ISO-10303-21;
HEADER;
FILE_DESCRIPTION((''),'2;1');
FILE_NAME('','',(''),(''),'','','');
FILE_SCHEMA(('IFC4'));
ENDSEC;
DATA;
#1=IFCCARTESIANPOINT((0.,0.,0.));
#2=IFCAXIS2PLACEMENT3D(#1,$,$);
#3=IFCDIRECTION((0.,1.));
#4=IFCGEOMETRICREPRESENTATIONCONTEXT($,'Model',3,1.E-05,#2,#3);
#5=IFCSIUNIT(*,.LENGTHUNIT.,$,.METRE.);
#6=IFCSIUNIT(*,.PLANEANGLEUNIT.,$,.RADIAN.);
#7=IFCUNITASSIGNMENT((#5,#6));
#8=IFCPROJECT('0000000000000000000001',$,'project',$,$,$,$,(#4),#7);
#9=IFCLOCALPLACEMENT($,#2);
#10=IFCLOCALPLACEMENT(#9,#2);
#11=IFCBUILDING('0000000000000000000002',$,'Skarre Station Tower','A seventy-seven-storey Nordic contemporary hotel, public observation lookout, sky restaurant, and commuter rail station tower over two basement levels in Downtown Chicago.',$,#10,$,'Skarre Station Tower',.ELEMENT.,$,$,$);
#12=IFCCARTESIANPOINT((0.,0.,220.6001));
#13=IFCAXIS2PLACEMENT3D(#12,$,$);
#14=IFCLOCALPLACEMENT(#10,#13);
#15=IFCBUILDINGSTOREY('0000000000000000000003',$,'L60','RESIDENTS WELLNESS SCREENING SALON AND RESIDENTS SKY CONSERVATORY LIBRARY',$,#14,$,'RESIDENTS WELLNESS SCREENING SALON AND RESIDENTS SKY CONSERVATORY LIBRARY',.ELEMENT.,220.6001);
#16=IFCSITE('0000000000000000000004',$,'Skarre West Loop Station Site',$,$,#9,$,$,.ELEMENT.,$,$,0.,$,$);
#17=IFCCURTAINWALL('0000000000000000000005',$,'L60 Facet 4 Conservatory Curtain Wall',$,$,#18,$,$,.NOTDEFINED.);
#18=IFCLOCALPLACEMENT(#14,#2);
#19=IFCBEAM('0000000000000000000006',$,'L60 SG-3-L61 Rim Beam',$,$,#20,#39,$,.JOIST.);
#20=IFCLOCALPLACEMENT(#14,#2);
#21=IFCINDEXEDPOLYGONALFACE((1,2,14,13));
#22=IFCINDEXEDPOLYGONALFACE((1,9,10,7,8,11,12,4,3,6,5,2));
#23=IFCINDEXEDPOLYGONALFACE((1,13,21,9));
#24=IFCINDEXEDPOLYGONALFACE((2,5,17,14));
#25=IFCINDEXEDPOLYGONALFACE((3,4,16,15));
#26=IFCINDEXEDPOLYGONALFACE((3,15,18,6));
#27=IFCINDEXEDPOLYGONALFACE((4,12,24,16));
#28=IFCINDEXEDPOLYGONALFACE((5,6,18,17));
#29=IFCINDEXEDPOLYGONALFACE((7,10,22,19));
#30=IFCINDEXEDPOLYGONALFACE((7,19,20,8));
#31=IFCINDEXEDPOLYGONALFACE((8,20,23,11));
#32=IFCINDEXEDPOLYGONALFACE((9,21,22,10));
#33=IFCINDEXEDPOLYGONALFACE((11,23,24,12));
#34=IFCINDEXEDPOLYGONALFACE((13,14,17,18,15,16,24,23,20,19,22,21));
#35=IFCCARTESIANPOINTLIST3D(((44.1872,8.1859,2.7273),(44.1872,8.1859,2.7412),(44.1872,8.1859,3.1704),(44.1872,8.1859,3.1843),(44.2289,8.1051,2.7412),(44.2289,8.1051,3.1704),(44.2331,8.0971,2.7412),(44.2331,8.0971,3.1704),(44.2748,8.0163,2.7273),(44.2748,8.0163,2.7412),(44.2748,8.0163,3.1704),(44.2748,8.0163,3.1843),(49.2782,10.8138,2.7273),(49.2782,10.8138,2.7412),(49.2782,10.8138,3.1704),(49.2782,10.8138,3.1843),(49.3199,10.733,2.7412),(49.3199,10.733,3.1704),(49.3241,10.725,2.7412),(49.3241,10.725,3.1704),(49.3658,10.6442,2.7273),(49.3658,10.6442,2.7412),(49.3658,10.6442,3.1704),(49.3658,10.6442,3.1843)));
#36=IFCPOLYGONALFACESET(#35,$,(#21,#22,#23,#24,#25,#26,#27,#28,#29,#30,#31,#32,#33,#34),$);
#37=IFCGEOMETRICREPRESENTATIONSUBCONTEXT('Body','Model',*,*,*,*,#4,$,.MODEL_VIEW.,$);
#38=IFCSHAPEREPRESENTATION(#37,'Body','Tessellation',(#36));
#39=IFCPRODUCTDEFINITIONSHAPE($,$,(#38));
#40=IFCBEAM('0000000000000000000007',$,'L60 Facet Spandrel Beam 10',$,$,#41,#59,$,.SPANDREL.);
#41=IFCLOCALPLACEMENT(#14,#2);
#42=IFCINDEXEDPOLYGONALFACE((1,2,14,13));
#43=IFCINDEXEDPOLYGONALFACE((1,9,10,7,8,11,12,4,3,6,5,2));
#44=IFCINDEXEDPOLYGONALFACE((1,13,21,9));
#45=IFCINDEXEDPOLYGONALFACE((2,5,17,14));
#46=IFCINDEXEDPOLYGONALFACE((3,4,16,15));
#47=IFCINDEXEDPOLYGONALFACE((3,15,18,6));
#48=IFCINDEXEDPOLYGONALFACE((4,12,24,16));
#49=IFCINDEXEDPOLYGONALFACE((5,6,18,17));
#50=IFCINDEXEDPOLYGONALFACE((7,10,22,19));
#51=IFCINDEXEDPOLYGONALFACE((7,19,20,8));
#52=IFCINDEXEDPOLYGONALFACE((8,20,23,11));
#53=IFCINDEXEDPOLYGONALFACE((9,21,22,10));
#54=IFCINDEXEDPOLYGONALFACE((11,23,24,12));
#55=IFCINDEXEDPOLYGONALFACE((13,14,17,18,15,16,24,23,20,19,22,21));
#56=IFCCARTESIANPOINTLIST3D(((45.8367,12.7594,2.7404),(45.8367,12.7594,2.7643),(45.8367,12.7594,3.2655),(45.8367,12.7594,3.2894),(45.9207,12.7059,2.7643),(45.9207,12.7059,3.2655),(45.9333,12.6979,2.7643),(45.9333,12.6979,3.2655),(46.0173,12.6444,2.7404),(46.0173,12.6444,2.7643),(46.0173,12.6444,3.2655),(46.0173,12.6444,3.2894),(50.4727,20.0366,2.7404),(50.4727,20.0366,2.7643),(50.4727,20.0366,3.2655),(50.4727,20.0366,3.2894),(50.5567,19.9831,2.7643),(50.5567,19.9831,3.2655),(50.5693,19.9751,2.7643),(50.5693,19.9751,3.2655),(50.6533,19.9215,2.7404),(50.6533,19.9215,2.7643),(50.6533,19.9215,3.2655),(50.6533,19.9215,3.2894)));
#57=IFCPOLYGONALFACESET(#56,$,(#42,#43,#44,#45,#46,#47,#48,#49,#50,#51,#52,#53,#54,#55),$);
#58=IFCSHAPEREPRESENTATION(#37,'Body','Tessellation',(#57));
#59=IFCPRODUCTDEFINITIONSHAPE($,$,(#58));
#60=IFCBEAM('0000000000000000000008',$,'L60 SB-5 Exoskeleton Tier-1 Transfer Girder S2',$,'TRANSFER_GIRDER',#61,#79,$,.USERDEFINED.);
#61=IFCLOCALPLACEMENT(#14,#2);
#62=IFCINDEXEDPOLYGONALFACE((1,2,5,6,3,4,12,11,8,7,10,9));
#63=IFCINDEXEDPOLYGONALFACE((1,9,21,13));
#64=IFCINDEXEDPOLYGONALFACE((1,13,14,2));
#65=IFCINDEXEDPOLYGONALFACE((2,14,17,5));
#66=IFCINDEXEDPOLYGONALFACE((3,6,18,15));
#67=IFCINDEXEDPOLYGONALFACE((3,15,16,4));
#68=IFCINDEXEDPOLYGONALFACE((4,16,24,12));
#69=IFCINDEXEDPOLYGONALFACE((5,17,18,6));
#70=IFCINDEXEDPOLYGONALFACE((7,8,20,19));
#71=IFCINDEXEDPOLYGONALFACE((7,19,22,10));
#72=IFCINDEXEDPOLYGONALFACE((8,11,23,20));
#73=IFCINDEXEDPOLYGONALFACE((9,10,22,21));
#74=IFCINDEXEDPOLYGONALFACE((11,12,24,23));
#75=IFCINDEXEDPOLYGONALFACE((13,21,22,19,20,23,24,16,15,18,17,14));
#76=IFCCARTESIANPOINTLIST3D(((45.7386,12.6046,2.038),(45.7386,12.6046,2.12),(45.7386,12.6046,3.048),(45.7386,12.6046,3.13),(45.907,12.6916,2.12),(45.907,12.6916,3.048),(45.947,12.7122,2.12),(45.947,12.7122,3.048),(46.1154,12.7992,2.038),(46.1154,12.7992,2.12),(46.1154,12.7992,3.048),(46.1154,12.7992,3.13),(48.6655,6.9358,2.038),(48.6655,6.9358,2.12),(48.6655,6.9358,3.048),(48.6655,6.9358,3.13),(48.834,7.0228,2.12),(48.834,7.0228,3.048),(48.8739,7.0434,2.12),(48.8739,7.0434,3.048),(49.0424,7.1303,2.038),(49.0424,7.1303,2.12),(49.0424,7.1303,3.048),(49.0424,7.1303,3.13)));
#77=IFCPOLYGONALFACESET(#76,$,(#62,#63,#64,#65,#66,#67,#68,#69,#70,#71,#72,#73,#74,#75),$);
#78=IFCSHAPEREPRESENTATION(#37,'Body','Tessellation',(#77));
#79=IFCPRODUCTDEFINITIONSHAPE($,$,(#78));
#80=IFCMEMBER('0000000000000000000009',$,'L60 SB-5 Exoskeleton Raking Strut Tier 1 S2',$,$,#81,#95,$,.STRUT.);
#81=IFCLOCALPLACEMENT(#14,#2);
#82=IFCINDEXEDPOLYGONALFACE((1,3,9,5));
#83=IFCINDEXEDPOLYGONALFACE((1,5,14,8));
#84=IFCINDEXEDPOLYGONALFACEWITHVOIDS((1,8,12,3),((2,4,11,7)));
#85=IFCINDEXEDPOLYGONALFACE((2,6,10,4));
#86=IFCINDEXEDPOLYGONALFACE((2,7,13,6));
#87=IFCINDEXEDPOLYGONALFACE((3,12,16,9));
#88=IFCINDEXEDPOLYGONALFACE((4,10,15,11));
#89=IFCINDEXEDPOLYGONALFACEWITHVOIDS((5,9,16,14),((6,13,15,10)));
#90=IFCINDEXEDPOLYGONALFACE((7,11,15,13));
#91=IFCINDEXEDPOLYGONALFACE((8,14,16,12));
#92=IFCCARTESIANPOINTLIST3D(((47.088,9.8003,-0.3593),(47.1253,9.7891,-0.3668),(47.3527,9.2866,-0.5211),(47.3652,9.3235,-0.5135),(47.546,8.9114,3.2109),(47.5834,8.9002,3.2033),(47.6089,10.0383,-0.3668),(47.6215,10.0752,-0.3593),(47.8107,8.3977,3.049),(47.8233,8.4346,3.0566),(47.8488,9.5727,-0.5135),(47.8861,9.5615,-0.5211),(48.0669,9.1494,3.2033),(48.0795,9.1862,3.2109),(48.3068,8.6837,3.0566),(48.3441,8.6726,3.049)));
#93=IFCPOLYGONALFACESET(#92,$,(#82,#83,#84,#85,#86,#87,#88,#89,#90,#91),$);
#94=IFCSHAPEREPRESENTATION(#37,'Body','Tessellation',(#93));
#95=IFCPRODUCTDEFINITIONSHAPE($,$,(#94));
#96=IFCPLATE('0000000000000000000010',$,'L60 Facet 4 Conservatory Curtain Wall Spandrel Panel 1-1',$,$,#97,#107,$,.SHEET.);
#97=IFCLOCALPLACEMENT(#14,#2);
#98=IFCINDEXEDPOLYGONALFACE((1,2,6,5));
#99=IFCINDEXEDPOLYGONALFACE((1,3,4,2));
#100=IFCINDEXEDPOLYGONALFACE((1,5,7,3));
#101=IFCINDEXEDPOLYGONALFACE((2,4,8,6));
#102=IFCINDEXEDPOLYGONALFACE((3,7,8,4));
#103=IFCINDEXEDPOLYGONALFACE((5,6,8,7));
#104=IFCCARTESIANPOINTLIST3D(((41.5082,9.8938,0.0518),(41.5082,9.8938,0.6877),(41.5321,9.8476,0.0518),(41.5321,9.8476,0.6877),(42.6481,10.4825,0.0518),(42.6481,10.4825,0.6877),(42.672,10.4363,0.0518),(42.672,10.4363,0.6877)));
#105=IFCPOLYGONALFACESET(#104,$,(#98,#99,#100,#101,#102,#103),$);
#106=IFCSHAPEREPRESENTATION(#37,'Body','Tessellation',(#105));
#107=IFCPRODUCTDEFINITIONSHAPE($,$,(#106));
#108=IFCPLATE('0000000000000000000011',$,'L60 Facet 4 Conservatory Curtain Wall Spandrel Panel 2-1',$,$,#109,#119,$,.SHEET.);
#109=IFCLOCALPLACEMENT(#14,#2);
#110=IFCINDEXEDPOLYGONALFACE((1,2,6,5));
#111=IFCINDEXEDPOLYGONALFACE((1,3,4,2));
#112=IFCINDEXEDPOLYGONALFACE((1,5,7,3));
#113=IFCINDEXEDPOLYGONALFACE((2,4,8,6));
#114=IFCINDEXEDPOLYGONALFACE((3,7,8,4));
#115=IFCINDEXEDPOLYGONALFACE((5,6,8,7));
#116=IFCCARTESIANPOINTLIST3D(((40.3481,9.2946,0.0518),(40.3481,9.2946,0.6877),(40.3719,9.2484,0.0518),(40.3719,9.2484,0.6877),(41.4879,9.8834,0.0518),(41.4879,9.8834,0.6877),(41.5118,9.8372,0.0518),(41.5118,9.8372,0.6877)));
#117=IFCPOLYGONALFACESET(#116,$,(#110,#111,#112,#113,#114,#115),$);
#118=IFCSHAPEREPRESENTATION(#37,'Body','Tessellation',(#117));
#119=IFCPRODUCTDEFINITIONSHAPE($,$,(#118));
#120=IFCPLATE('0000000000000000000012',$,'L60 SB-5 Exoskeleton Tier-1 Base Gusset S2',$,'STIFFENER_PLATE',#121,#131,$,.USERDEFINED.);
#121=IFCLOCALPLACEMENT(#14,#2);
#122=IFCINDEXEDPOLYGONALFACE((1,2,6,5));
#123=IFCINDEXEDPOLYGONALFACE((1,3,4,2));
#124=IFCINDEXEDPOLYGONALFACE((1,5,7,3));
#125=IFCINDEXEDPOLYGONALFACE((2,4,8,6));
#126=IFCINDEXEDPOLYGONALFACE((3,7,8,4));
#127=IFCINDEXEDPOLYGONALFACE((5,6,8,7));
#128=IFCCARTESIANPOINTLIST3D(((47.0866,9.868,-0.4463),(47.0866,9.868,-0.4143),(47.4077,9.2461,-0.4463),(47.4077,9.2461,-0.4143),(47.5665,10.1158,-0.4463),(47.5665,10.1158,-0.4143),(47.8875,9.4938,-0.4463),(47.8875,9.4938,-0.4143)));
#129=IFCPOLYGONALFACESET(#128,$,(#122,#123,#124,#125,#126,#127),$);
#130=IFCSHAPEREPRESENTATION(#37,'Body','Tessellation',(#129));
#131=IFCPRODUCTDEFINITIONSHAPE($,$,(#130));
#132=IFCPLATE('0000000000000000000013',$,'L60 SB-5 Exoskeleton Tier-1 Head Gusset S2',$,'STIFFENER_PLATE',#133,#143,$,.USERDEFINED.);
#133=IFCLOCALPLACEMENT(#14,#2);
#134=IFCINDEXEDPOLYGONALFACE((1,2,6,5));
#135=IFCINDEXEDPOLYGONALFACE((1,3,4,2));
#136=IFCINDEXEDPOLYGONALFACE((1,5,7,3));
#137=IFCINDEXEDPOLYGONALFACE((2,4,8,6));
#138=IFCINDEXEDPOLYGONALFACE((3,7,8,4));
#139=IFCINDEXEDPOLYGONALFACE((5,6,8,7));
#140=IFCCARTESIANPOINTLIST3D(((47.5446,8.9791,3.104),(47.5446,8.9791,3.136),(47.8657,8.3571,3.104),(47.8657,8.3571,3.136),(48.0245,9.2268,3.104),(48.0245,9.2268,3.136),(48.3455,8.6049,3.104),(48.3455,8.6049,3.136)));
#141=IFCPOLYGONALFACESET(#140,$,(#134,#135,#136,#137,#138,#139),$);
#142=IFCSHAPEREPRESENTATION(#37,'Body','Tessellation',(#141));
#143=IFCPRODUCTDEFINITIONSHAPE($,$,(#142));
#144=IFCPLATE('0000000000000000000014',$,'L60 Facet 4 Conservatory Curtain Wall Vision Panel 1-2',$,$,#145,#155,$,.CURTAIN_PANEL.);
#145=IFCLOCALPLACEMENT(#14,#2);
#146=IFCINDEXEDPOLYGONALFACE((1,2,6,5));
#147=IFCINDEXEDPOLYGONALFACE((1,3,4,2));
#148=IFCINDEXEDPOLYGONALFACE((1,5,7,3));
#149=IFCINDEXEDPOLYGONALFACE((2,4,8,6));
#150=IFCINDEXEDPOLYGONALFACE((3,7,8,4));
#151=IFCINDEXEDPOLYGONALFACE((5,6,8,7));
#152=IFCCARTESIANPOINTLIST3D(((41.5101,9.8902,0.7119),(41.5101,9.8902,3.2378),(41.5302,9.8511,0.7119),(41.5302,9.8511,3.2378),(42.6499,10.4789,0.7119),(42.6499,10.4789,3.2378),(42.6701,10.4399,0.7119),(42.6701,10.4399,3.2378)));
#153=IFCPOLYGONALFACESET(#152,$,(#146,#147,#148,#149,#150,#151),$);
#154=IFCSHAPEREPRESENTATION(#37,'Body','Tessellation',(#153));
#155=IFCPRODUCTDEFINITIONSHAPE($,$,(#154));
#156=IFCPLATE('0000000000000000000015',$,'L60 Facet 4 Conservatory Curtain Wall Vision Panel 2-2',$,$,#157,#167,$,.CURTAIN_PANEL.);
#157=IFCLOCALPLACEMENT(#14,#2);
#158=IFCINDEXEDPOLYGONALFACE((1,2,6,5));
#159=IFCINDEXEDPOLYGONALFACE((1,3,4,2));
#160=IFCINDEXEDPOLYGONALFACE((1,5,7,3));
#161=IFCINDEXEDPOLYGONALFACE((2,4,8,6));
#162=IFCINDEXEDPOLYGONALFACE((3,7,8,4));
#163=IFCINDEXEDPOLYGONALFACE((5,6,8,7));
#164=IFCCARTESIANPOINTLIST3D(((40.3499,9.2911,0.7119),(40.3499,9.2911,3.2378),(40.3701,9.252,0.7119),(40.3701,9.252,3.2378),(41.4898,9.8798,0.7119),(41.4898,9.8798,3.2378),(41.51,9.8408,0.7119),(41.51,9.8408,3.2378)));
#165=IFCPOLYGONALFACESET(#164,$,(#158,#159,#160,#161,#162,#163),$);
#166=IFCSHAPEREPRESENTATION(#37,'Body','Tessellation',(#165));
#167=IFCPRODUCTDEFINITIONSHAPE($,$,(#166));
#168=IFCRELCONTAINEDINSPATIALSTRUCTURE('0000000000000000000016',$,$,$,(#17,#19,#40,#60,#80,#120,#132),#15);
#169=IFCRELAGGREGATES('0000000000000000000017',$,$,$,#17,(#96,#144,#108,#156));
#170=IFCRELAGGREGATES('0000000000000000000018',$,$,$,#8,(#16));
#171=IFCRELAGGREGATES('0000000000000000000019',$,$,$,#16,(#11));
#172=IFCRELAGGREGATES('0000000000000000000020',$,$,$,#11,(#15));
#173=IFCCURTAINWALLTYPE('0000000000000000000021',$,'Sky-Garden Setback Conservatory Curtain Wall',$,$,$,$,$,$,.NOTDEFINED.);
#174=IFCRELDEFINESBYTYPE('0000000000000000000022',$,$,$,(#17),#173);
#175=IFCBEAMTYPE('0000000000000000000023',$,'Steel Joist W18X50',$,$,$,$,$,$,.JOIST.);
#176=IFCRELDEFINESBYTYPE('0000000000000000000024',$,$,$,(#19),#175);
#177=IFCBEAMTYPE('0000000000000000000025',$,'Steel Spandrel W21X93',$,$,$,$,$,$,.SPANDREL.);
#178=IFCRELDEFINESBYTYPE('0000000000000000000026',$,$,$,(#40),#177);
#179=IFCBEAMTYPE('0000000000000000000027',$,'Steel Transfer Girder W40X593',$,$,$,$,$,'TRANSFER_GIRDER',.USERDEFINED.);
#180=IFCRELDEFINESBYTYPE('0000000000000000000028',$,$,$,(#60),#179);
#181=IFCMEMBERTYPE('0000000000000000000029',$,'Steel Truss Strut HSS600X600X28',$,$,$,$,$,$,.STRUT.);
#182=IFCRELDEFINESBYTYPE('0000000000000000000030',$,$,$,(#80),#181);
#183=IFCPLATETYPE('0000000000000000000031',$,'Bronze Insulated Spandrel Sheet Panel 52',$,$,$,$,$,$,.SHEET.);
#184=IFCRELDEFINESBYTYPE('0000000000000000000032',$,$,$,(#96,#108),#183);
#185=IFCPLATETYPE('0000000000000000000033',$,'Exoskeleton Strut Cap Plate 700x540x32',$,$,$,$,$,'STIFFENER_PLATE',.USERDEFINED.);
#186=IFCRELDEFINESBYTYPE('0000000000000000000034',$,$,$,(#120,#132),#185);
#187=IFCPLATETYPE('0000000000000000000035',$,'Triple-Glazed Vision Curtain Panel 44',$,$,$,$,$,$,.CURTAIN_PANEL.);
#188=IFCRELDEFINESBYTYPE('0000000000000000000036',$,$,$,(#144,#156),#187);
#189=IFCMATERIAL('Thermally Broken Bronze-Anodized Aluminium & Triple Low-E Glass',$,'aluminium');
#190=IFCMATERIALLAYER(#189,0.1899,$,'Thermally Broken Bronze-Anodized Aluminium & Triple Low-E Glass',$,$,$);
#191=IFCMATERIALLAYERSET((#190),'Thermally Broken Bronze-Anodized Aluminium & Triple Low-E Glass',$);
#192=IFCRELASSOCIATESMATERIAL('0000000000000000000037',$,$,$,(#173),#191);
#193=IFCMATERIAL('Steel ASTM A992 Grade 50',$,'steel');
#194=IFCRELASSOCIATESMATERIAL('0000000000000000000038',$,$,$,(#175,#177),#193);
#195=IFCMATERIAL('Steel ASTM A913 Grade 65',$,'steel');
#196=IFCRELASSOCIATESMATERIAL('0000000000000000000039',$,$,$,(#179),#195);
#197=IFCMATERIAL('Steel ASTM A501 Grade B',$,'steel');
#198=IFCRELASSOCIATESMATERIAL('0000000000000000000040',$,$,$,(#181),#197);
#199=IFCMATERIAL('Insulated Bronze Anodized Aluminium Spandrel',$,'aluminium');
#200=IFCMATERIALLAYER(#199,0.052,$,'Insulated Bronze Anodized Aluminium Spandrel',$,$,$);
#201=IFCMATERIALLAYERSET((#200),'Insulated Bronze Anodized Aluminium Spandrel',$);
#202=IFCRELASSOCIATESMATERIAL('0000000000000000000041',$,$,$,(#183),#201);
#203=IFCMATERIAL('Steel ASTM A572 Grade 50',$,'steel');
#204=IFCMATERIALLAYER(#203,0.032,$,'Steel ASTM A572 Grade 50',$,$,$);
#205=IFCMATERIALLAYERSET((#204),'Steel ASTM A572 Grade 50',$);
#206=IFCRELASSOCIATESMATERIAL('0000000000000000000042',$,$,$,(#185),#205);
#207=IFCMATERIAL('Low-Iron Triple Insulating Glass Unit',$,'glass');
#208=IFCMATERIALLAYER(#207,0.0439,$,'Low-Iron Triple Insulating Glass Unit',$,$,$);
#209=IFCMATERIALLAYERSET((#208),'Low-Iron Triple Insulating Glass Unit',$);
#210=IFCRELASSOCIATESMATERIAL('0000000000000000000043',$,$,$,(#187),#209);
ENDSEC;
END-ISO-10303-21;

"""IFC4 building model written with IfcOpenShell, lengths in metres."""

from ifc_helpers import new_model, si_unit, direction, frame, origin, origin_2d, place, context, subcontext, project, spatial, rectangle, hollow_rectangle, i_section, extrude, material, layer, layer_set, material_profile, profile_set, type_object, element, aggregate, save


model = new_model("IFC4")

# Units and contexts
model_context = context("Model", 3, precision=1e-05, world=origin(), true_north=direction((0.0, 1.0)))
body_context = subcontext(model_context, "Body", "Model", "MODEL_VIEW")
ifc_project = project(units=[si_unit("LENGTHUNIT", "METRE"), si_unit("PLANEANGLEUNIT", "RADIAN")], contexts=[model_context])

# Site, building, storey
site_placement = place(None, origin())
site = spatial("IfcSite", under=ifc_project, at=site_placement, Name="Skarre West Loop Station Site", CompositionType="ELEMENT", RefElevation=0.0)
building_placement = place(site_placement, origin())
building = spatial("IfcBuilding", under=site, at=building_placement, Name="Skarre Station Tower", Description="A seventy-seven-storey Nordic contemporary hotel, public observation lookout, sky restaurant, and commuter rail station tower over two basement levels in Downtown Chicago.", LongName="Skarre Station Tower", CompositionType="ELEMENT")
storey_placement = place(building_placement, frame((0.0, 0.0, 220.6001)))
storey = spatial("IfcBuildingStorey", under=building, at=storey_placement, Name="L60", Description="RESIDENTS WELLNESS SCREENING SALON AND RESIDENTS SKY CONSERVATORY LIBRARY", LongName="RESIDENTS WELLNESS SCREENING SALON AND RESIDENTS SKY CONSERVATORY LIBRARY", CompositionType="ELEMENT", Elevation=220.6001)

# Curtain wall
ifc_material_1 = material(Name="Thermally Broken Bronze-Anodized Aluminium & Triple Low-E Glass", Category="aluminium")
ifc_layer_1 = layer(ifc_material_1, 0.1899, Name="Thermally Broken Bronze-Anodized Aluminium & Triple Low-E Glass")
ifc_layer_set_1 = layer_set([ifc_layer_1], Name="Thermally Broken Bronze-Anodized Aluminium & Triple Low-E Glass")
curtain_wall_type = type_object("IfcCurtainWallType", Name="Sky-Garden Setback Conservatory Curtain Wall", PredefinedType="NOTDEFINED", material=ifc_layer_set_1)
curtain_wall_placement = place(storey_placement, origin())
curtain_wall = element("IfcCurtainWall", 1, at=curtain_wall_placement, inside=storey, type_object=curtain_wall_type, Name="L60 Facet 4 Conservatory Curtain Wall", PredefinedType="NOTDEFINED")

# Beams
ifc_material_2 = material(Name="Steel ASTM A992 Grade 50", Category="steel")
ifc_material_profile_1 = material_profile(ifc_material_2, i_section(OverallWidth=0.1909, OverallDepth=0.457, WebThickness=0.009, FlangeThickness=0.0139, at=origin_2d()), Name="Steel ASTM A992 Grade 50")
ifc_profile_set_1 = profile_set([ifc_material_profile_1], Name="Steel ASTM A992 Grade 50")
beam_type_1 = type_object("IfcBeamType", Name="Steel Joist W18X50", PredefinedType="JOIST", material=ifc_profile_set_1)
beam_1_placement = place(storey_placement, frame((49.322, 10.729, 2.9558), z_axis=(-0.8886, -0.458682, 0.0), x_axis=(0.458682, -0.8886, 0.0)))
element("IfcBeam", 2, at=beam_1_placement, inside=storey, type_object=beam_type_1, Name="L60 SG-3-L61 Rim Beam", PredefinedType="JOIST", context=body_context, shape_type="SweptSolid", body=[
    extrude(i_section(OverallWidth=0.1909, OverallDepth=0.457, WebThickness=0.009, FlangeThickness=0.0139, at=origin_2d()), origin(), (0.0, 0.0, 1.0), 5.7292),
])
ifc_material_profile_2 = material_profile(ifc_material_2, i_section(OverallWidth=0.2141, OverallDepth=0.5491, WebThickness=0.0149, FlangeThickness=0.0239, at=origin_2d()), Name="Steel ASTM A992 Grade 50")
ifc_profile_set_2 = profile_set([ifc_material_profile_2], Name="Steel ASTM A992 Grade 50")
beam_type_2 = type_object("IfcBeamType", Name="Steel Spandrel W21X93", PredefinedType="SPANDREL", material=ifc_profile_set_2)
beam_2_placement = place(storey_placement, frame((45.927, 12.7019, 3.0149), z_axis=(0.537297, 0.843393, 0.0), x_axis=(-0.843393, 0.537297, 0.0)))
element("IfcBeam", 3, at=beam_2_placement, inside=storey, type_object=beam_type_2, Name="L60 Facet Spandrel Beam 10", PredefinedType="SPANDREL", context=body_context, shape_type="SweptSolid", body=[
    extrude(i_section(OverallWidth=0.2141, OverallDepth=0.5491, WebThickness=0.0149, FlangeThickness=0.0239, at=origin_2d()), origin(), (0.0, 0.0, 1.0), 8.6284),
])
ifc_material_3 = material(Name="Steel ASTM A913 Grade 65", Category="steel")
ifc_material_profile_3 = material_profile(ifc_material_3, i_section(OverallWidth=0.4241, OverallDepth=1.092, WebThickness=0.0449, FlangeThickness=0.082, at=origin_2d()), Name="Steel ASTM A913 Grade 65")
ifc_profile_set_3 = profile_set([ifc_material_profile_3], Name="Steel ASTM A913 Grade 65")
beam_type_3 = type_object("IfcBeamType", Name="Steel Transfer Girder W40X593", ElementType="TRANSFER_GIRDER", PredefinedType="USERDEFINED", material=ifc_profile_set_3)
beam_3_placement = place(storey_placement, frame((45.927, 12.7019, 2.584), z_axis=(0.458778, -0.888551, 0.0), x_axis=(0.888551, 0.458778, 0.0)))
element("IfcBeam", 4, at=beam_3_placement, inside=storey, type_object=beam_type_3, Name="L60 SB-5 Exoskeleton Tier-1 Transfer Girder S2", ObjectType="TRANSFER_GIRDER", PredefinedType="USERDEFINED", context=body_context, shape_type="SweptSolid", body=[
    extrude(i_section(OverallWidth=0.4241, OverallDepth=1.092, WebThickness=0.0449, FlangeThickness=0.082, at=origin_2d()), origin(), (0.0, 0.0, 1.0), 6.3799),
])

# Member
ifc_material_4 = material(Name="Steel ASTM A501 Grade B", Category="steel")
ifc_material_profile_4 = material_profile(ifc_material_4, hollow_rectangle(XDim=0.6001, YDim=0.6001, WallThickness=0.0281, at=origin_2d()), Name="Steel ASTM A501 Grade B")
ifc_profile_set_4 = profile_set([ifc_material_profile_4], Name="Steel ASTM A501 Grade B")
member_type_1 = type_object("IfcMemberType", Name="Steel Truss Strut HSS600X600X28", PredefinedType="STRUT", material=ifc_profile_set_4)
member_1_placement = place(storey_placement, frame((47.4871, 9.6809, -0.4402), z_axis=(0.123536, -0.239764, 0.962939), x_axis=(0.888941, 0.458021, 0.0)))
element("IfcMember", 5, at=member_1_placement, inside=storey, type_object=member_type_1, Name="L60 SB-5 Exoskeleton Raking Strut Tier 1 S2", PredefinedType="STRUT", context=body_context, shape_type="SweptSolid", body=[
    extrude(hollow_rectangle(XDim=0.6001, YDim=0.6001, WallThickness=0.0281, at=origin_2d()), origin(), (0.0, 0.0, 1.0), 3.7075),
])

# Plates
ifc_material_5 = material(Name="Insulated Bronze Anodized Aluminium Spandrel", Category="aluminium")
ifc_layer_2 = layer(ifc_material_5, 0.052, Name="Insulated Bronze Anodized Aluminium Spandrel")
ifc_layer_set_2 = layer_set([ifc_layer_2], Name="Insulated Bronze Anodized Aluminium Spandrel")
plate_type_1 = type_object("IfcPlateType", Name="Bronze Insulated Spandrel Sheet Panel 52", PredefinedType="SHEET", material=ifc_layer_set_2)
plate_1_placement = place(storey_placement, frame((42.0901, 10.165, 0.0518), z_axis=(0.0, 0.0, 1.0), x_axis=(-0.888481, -0.458913, 0.0)))
plate_1 = element("IfcPlate", 6, at=plate_1_placement, type_object=plate_type_1, Name="L60 Facet 4 Conservatory Curtain Wall Spandrel Panel 1-1", PredefinedType="SHEET", context=body_context, shape_type="SweptSolid", body=[
    extrude(rectangle(XDim=1.283, YDim=0.052, at=origin_2d()), origin(), (0.0, 0.0, 1.0), 0.636),
])
plate_2_placement = place(storey_placement, frame((40.9299, 9.5659, 0.0518), z_axis=(0.0, 0.0, 1.0), x_axis=(-0.888481, -0.458913, 0.0)))
plate_2 = element("IfcPlate", 7, at=plate_2_placement, type_object=plate_type_1, Name="L60 Facet 4 Conservatory Curtain Wall Spandrel Panel 2-1", PredefinedType="SHEET", context=body_context, shape_type="SweptSolid", body=[
    extrude(rectangle(XDim=1.283, YDim=0.052, at=origin_2d()), origin(), (0.0, 0.0, 1.0), 0.636),
])

# Plates
ifc_material_6 = material(Name="Steel ASTM A572 Grade 50", Category="steel")
ifc_layer_3 = layer(ifc_material_6, 0.032, Name="Steel ASTM A572 Grade 50")
ifc_layer_set_3 = layer_set([ifc_layer_3], Name="Steel ASTM A572 Grade 50")
plate_type_2 = type_object("IfcPlateType", Name="Exoskeleton Strut Cap Plate 700x540x32", ElementType="STIFFENER_PLATE", PredefinedType="USERDEFINED", material=ifc_layer_set_3)
for number, where, z_axis, x_axis, name in (
    (8, (47.4871, 9.6809, -0.4463), (0.0, 0.0, 1.0), (0.458712, -0.888585, 0.0), "L60 SB-5 Exoskeleton Tier-1 Base Gusset S2"),
    (9, (47.9451, 8.792, 3.104), (0.0, 0.0, 1.0), (0.458712, -0.888585, 0.0), "L60 SB-5 Exoskeleton Tier-1 Head Gusset S2"),
):
    element("IfcPlate", number, at=place(storey_placement, frame(where, z_axis=z_axis, x_axis=x_axis)), inside=storey, type_object=plate_type_2, Name=name, ObjectType="STIFFENER_PLATE", PredefinedType="USERDEFINED", context=body_context, shape_type="SweptSolid", body=[
        extrude(rectangle(XDim=0.7, YDim=0.54, at=origin_2d()), origin(), (0.0, 0.0, 1.0), 0.032),
    ])

# Plates
ifc_material_7 = material(Name="Low-Iron Triple Insulating Glass Unit", Category="glass")
ifc_layer_4 = layer(ifc_material_7, 0.0439, Name="Low-Iron Triple Insulating Glass Unit")
ifc_layer_set_4 = layer_set([ifc_layer_4], Name="Low-Iron Triple Insulating Glass Unit")
plate_type_3 = type_object("IfcPlateType", Name="Triple-Glazed Vision Curtain Panel 44", PredefinedType="CURTAIN_PANEL", material=ifc_layer_set_4)
plate_3_placement = place(storey_placement, frame((42.0901, 10.165, 0.7119), z_axis=(0.0, 0.0, 1.0), x_axis=(-0.888481, -0.458913, 0.0)))
plate_3 = element("IfcPlate", 10, at=plate_3_placement, type_object=plate_type_3, Name="L60 Facet 4 Conservatory Curtain Wall Vision Panel 1-2", PredefinedType="CURTAIN_PANEL", context=body_context, shape_type="SweptSolid", body=[
    extrude(rectangle(XDim=1.283, YDim=0.0439, at=origin_2d()), origin(), (0.0, 0.0, 1.0), 2.5259),
])
plate_4_placement = place(storey_placement, frame((40.9299, 9.5659, 0.7119), z_axis=(0.0, 0.0, 1.0), x_axis=(-0.888481, -0.458913, 0.0)))
plate_4 = element("IfcPlate", 11, at=plate_4_placement, type_object=plate_type_3, Name="L60 Facet 4 Conservatory Curtain Wall Vision Panel 2-2", PredefinedType="CURTAIN_PANEL", context=body_context, shape_type="SweptSolid", body=[
    extrude(rectangle(XDim=1.283, YDim=0.0439, at=origin_2d()), origin(), (0.0, 0.0, 1.0), 2.5259),
])
aggregate(curtain_wall, [plate_1, plate_3, plate_2, plate_4])

save(model, "model.ifc")
